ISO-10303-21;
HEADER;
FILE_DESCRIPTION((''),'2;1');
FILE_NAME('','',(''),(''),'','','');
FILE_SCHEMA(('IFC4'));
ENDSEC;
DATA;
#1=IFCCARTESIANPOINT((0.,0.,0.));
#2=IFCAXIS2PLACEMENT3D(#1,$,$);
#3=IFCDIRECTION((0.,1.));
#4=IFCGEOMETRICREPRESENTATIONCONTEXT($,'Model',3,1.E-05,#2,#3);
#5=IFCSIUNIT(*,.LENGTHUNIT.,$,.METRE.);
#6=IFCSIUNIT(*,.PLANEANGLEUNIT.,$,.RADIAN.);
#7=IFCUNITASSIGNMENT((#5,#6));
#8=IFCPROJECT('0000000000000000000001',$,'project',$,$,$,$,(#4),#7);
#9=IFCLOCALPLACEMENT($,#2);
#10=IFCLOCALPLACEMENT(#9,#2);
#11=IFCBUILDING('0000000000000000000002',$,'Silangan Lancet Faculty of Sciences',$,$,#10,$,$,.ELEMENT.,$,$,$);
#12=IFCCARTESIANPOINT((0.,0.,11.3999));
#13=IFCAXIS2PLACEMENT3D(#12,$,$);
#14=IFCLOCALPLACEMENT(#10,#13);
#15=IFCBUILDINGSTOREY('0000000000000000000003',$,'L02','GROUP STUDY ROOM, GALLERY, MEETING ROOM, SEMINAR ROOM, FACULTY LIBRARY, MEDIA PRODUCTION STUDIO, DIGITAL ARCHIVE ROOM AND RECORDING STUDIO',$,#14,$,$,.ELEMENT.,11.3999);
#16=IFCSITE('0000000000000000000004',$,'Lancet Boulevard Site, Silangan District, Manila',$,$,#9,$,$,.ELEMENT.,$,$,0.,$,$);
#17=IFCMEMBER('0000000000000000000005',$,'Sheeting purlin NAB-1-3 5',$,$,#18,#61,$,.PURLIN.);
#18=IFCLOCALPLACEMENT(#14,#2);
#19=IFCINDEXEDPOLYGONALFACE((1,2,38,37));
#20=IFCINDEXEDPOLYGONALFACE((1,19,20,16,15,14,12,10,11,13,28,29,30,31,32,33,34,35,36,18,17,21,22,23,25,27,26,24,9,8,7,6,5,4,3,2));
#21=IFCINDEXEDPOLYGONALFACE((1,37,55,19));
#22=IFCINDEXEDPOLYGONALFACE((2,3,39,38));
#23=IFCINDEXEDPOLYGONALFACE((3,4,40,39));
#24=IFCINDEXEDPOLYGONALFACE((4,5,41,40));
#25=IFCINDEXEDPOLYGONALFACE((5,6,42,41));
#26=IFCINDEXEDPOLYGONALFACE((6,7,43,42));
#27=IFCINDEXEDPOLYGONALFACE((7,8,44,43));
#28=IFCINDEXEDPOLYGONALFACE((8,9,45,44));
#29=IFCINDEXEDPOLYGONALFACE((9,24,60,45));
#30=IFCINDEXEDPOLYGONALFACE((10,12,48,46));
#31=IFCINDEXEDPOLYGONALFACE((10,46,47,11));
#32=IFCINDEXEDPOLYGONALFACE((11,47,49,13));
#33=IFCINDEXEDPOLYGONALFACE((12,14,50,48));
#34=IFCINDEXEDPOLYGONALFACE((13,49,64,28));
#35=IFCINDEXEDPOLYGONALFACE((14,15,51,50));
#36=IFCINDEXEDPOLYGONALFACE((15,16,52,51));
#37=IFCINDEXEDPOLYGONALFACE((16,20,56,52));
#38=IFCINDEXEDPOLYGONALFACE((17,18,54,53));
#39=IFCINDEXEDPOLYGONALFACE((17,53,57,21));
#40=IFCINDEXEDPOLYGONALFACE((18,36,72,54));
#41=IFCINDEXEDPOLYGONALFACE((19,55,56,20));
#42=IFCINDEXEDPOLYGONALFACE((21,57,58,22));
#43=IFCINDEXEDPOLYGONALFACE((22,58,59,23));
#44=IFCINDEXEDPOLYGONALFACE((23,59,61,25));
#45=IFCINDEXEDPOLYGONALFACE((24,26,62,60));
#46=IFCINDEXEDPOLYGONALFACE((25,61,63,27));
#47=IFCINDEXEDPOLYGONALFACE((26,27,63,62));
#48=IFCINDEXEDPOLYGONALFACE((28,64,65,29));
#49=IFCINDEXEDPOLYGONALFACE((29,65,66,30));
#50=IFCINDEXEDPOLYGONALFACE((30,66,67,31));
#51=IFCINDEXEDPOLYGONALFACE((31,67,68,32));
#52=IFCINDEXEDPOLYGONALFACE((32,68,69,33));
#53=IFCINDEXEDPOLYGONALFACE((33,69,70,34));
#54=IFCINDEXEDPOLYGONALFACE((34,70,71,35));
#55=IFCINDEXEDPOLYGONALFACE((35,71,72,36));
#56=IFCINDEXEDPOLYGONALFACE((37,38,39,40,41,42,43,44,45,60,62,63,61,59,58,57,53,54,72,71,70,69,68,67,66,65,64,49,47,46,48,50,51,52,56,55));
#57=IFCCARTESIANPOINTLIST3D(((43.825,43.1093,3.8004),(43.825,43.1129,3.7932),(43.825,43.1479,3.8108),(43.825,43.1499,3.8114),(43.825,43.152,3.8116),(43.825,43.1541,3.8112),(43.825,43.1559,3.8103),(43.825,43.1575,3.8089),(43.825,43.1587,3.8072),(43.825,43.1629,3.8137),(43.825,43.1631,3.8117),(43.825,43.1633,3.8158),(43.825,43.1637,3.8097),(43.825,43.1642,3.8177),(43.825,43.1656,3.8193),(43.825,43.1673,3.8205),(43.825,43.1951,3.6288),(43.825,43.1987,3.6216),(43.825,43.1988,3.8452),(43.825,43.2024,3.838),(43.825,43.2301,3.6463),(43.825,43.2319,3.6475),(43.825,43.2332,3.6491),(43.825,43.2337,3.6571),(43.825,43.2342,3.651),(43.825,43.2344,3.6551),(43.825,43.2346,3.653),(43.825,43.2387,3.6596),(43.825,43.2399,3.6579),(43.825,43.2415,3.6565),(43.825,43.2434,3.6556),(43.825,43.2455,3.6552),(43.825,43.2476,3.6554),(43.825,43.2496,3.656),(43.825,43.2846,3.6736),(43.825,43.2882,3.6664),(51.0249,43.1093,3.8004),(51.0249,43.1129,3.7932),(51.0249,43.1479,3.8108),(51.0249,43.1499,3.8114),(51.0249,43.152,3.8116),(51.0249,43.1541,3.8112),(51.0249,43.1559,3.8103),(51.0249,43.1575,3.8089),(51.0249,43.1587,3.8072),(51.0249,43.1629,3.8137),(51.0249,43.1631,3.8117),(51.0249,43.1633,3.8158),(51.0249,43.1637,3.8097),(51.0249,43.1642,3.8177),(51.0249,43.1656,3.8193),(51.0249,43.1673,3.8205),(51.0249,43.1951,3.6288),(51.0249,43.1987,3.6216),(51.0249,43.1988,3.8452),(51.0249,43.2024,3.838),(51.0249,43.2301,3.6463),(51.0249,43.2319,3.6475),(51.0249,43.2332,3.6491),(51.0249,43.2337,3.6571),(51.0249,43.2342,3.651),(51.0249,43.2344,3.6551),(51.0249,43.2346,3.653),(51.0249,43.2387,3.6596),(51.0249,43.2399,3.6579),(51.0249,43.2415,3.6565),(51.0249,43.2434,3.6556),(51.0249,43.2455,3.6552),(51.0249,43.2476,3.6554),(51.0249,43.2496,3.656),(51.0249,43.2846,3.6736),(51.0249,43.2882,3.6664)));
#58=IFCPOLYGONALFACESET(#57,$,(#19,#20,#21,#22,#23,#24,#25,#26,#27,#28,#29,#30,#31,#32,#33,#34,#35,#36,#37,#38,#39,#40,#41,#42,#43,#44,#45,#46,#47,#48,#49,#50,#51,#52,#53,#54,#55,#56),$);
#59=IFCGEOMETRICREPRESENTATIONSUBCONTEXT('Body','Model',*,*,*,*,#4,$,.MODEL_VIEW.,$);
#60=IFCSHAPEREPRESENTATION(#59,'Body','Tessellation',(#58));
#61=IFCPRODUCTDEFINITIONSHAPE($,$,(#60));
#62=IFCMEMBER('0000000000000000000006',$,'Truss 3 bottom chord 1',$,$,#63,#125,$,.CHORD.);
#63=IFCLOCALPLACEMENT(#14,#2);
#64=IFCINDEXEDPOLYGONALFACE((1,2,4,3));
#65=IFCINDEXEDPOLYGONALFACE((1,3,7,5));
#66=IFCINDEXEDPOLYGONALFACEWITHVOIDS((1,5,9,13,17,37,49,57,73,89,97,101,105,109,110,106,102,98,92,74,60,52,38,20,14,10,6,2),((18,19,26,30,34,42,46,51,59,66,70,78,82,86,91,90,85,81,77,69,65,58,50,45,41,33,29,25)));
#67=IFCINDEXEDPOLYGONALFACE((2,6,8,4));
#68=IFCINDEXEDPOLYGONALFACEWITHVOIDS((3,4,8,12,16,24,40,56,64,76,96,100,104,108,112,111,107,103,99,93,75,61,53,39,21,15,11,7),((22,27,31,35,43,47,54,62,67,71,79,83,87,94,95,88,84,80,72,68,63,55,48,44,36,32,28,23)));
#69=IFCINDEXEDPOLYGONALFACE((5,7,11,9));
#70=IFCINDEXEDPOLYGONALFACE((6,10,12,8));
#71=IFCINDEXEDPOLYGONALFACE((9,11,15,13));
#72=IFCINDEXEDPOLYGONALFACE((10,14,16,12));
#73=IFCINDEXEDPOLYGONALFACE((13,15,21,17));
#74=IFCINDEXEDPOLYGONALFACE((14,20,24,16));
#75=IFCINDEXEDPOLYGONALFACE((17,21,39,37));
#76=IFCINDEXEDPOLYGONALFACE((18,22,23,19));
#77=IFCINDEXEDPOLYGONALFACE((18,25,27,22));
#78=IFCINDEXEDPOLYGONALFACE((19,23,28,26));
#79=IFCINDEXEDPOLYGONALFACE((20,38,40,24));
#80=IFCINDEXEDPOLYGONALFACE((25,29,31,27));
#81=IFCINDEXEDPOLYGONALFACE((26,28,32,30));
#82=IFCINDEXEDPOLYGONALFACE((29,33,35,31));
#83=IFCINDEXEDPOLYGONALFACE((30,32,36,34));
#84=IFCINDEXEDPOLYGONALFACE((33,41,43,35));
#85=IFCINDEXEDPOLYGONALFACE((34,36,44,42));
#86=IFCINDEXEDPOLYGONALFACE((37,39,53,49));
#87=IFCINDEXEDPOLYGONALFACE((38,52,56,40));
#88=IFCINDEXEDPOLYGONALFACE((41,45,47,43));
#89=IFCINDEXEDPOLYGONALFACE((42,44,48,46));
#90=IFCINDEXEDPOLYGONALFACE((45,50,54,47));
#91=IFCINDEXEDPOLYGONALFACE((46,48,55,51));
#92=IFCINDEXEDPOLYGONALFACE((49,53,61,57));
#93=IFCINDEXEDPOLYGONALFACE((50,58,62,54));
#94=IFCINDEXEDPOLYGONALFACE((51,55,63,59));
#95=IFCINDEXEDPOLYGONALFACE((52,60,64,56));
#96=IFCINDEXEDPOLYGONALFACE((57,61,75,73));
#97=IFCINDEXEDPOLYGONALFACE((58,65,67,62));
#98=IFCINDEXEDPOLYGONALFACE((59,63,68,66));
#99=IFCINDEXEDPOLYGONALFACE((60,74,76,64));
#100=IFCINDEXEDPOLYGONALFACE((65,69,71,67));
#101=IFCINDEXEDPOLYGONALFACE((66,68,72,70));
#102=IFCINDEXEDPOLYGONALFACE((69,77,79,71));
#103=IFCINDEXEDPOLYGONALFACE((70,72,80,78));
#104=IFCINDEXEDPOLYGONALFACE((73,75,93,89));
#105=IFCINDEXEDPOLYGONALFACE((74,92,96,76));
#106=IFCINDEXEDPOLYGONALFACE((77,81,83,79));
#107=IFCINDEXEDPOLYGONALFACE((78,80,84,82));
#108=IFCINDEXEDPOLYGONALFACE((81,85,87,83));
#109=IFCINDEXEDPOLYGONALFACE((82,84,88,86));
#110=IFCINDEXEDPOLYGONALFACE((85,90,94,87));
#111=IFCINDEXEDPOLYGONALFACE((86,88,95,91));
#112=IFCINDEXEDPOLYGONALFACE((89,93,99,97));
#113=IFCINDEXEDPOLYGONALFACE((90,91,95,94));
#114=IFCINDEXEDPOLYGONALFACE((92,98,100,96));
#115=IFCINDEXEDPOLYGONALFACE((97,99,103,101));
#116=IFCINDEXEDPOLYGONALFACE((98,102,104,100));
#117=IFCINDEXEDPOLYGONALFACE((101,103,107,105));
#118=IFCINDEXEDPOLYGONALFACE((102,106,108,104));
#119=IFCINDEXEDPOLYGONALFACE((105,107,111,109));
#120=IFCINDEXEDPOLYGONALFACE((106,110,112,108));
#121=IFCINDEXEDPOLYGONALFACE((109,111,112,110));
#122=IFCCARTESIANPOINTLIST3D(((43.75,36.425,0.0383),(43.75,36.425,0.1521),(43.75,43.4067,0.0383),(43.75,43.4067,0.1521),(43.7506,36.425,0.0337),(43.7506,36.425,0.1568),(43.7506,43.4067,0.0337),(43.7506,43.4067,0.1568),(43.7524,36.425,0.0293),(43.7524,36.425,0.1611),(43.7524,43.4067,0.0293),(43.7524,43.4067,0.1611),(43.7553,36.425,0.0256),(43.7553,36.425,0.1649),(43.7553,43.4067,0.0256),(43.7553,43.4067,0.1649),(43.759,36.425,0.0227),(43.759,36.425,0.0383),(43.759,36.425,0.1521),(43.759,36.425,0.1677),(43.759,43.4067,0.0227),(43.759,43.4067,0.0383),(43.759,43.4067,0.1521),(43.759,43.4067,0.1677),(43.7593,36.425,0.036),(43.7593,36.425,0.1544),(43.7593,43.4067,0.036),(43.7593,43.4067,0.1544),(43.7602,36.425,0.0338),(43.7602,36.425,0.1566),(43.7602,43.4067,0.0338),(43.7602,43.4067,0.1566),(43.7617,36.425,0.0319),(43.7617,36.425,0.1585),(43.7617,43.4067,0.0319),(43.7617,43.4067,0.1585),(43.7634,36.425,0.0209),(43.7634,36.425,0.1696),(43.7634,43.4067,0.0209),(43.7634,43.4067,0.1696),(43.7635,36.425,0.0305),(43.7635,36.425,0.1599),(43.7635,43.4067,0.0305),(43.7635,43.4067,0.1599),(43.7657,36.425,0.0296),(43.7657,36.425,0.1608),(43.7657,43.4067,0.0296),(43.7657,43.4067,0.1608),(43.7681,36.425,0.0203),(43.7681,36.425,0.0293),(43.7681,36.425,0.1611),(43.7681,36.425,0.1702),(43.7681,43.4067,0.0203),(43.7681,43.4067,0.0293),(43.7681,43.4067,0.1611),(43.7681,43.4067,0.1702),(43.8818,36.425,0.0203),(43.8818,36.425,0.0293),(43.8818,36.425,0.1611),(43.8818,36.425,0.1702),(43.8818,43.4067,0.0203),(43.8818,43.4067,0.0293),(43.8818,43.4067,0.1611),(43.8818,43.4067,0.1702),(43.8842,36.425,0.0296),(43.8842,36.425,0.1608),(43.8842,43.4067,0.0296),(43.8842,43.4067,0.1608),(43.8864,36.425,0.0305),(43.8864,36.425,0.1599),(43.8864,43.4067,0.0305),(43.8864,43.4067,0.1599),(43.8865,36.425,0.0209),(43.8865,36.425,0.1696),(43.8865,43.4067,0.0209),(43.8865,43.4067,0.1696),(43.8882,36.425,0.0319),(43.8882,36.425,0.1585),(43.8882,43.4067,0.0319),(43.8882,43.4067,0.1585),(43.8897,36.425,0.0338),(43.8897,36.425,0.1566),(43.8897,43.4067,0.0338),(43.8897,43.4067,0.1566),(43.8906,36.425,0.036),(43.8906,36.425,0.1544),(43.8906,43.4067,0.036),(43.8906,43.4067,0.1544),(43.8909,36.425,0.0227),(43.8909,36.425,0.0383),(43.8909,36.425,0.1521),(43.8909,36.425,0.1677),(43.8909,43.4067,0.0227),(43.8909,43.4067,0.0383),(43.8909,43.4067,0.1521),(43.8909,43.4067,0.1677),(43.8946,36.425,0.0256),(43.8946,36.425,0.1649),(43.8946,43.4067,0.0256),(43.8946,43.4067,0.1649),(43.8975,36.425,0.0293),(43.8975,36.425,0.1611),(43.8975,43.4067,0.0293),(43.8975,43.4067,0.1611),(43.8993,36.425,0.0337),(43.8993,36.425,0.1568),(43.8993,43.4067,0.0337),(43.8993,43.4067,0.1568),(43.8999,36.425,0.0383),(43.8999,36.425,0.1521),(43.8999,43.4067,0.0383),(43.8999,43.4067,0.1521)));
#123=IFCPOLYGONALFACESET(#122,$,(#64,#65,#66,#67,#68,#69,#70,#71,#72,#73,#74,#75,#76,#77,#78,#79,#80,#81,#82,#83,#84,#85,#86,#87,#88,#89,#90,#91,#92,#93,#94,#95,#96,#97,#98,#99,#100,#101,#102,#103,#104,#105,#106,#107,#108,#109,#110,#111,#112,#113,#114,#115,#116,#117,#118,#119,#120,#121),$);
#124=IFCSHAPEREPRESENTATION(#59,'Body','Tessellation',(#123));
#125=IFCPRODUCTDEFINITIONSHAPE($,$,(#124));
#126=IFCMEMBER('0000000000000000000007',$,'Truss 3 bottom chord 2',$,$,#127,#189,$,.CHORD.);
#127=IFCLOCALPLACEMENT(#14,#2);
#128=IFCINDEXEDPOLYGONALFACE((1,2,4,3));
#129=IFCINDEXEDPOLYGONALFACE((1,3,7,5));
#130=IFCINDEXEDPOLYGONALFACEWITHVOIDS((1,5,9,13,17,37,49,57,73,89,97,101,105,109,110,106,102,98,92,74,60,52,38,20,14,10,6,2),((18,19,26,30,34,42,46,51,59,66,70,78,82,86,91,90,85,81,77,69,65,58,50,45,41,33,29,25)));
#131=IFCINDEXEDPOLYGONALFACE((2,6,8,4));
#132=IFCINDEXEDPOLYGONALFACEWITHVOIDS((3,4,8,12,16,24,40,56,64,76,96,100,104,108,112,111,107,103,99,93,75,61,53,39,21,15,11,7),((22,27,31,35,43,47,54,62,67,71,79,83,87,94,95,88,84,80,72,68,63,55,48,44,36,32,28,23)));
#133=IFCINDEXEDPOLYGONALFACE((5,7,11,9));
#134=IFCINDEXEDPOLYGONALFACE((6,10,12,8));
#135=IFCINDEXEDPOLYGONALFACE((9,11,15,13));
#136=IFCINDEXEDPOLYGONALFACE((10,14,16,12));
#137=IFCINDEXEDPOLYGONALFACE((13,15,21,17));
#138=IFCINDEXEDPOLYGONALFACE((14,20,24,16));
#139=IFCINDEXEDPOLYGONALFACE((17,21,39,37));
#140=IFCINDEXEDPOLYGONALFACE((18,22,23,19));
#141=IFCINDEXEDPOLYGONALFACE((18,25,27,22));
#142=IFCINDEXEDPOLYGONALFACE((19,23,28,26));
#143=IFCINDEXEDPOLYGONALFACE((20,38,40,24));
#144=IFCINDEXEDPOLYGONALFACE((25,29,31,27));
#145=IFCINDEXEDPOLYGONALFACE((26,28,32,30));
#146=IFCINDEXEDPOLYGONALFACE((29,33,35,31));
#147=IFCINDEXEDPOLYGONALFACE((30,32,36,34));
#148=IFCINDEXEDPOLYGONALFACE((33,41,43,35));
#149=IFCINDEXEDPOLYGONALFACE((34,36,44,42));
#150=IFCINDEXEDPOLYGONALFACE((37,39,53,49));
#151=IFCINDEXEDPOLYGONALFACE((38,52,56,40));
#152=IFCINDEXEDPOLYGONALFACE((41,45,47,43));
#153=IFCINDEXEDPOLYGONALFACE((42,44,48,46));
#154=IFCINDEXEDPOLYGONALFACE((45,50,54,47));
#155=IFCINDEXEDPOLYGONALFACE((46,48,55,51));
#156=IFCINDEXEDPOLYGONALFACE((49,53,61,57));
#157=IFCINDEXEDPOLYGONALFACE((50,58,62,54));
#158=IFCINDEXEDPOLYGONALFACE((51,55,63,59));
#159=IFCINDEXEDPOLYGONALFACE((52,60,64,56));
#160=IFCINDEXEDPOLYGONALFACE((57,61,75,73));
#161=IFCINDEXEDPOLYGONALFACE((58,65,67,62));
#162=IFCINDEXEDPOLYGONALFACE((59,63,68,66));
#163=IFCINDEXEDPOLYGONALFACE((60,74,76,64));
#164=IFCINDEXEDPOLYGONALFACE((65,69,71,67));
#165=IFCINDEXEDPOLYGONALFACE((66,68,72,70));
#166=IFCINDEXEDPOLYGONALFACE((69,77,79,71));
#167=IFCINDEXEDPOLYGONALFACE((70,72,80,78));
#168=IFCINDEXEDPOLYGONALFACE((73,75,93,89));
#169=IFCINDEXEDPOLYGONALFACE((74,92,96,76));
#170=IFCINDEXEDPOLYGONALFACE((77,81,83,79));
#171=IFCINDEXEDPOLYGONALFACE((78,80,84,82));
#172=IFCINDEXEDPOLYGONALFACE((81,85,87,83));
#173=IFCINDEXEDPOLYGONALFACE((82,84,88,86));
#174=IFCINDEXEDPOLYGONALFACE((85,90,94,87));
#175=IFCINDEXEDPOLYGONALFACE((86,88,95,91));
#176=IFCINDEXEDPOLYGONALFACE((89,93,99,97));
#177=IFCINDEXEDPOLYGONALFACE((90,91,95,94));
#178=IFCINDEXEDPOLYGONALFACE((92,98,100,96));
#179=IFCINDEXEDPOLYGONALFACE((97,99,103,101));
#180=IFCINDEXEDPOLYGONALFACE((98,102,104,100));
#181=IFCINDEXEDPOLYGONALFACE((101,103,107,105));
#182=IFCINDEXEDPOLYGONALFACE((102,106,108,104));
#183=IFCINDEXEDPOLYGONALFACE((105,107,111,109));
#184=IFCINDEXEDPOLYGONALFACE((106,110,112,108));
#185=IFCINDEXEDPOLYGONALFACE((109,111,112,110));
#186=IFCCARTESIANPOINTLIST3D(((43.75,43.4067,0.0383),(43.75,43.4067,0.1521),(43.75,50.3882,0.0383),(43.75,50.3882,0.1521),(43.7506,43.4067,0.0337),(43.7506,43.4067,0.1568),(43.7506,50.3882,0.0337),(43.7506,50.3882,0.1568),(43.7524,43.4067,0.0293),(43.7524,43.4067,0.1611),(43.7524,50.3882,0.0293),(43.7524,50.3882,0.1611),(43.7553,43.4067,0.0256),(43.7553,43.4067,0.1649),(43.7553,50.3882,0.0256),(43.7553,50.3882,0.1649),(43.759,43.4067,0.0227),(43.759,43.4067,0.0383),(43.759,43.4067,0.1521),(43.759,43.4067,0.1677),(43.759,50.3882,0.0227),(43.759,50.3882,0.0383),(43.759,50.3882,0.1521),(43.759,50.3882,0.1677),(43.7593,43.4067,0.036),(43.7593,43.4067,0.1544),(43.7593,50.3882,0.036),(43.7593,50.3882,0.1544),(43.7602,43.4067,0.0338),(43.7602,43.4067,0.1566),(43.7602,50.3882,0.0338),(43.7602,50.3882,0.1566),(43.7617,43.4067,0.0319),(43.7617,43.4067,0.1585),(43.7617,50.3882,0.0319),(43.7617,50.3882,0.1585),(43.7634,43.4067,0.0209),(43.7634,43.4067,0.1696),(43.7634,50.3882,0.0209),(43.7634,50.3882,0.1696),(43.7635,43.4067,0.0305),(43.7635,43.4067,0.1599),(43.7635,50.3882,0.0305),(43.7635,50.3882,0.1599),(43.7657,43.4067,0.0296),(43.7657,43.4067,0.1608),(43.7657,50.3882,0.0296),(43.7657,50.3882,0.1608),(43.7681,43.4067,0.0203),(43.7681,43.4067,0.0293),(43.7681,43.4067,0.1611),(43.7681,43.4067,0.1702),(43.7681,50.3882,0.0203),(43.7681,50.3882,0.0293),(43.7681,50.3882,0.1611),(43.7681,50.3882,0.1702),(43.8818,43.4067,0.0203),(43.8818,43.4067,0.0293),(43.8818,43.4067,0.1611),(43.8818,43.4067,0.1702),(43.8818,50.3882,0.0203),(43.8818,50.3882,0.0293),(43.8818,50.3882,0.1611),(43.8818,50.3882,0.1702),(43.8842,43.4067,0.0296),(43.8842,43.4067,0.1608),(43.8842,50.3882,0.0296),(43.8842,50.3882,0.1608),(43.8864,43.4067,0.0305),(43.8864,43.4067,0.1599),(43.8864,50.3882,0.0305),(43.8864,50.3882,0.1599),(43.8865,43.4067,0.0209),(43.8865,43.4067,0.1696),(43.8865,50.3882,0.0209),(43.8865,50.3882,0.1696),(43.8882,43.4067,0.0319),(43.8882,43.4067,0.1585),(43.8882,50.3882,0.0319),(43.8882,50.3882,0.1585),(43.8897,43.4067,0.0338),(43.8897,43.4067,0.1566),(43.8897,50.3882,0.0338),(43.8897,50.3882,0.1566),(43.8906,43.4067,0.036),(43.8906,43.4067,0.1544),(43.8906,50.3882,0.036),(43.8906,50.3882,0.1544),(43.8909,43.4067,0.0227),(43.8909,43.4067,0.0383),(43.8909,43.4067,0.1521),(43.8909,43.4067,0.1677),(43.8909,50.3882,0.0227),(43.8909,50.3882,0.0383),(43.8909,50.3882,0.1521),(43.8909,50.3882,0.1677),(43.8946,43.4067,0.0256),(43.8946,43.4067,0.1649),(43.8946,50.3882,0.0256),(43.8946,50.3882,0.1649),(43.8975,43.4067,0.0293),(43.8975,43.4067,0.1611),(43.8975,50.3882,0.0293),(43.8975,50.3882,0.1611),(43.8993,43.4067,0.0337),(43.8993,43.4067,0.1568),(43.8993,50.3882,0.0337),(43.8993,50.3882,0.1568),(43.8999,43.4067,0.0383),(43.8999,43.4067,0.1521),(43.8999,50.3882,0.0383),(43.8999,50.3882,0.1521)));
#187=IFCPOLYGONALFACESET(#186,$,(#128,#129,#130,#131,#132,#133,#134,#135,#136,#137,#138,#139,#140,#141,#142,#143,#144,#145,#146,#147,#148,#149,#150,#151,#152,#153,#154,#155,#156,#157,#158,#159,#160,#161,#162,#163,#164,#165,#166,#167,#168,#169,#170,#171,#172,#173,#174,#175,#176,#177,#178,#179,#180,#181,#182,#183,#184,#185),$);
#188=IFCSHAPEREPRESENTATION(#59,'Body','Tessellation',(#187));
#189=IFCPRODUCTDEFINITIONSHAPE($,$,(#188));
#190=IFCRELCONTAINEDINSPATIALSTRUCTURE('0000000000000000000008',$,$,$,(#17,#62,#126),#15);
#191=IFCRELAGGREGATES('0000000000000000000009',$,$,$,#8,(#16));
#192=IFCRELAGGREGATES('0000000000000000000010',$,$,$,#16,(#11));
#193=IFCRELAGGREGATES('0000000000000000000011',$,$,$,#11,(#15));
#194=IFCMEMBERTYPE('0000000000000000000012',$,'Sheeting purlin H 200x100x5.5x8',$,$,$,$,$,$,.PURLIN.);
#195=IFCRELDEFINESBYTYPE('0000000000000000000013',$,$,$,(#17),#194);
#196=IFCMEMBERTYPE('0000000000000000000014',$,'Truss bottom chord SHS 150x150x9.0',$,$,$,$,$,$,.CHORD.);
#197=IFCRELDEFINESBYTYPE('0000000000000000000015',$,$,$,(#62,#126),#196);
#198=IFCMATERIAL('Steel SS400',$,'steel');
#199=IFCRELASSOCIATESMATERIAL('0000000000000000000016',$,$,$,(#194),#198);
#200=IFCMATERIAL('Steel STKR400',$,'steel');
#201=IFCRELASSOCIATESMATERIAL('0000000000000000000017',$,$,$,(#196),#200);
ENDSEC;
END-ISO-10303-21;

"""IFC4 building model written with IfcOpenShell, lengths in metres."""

from ifc_helpers import new_model, si_unit, direction, frame, origin, origin_2d, place, context, subcontext, project, spatial, hollow_rectangle, i_section, extrude, material, material_profile, profile_set, type_object, element, save


model = new_model("IFC4")

# Units and contexts
model_context = context("Model", 3, precision=1e-05, world=origin(), true_north=direction((0.0, 1.0)))
body_context = subcontext(model_context, "Body", "Model", "MODEL_VIEW")
ifc_project = project(units=[si_unit("LENGTHUNIT", "METRE"), si_unit("PLANEANGLEUNIT", "RADIAN")], contexts=[model_context])

# Site, building, storey
site_placement = place(None, origin())
site = spatial("IfcSite", under=ifc_project, at=site_placement, Name="Lancet Boulevard Site, Silangan District, Manila", CompositionType="ELEMENT", RefElevation=0.0)
building_placement = place(site_placement, origin())
building = spatial("IfcBuilding", under=site, at=building_placement, Name="Silangan Lancet Faculty of Sciences", CompositionType="ELEMENT")
storey_placement = place(building_placement, frame((0.0, 0.0, 11.3999)))
storey = spatial("IfcBuildingStorey", under=building, at=storey_placement, Name="L02", Description="GROUP STUDY ROOM, GALLERY, MEETING ROOM, SEMINAR ROOM, FACULTY LIBRARY, MEDIA PRODUCTION STUDIO, DIGITAL ARCHIVE ROOM AND RECORDING STUDIO", CompositionType="ELEMENT", Elevation=11.3999)

# Members
ifc_material_1 = material(Name="Steel SS400", Category="steel")
ifc_material_profile_1 = material_profile(ifc_material_1, i_section(OverallWidth=0.1001, OverallDepth=0.2, WebThickness=0.0056, FlangeThickness=0.0081, FilletRadius=0.0081, at=origin_2d()), Name="H 200x100x5.5x8")
ifc_profile_set_1 = profile_set([ifc_material_profile_1], Name="Steel SS400")
member_type_1 = type_object("IfcMemberType", Name="Sheeting purlin H 200x100x5.5x8", PredefinedType="PURLIN", material=ifc_profile_set_1)
for number, where, z_axis, x_axis, name in (
    (1, (43.825, 43.1987, 3.7334), (1.0, 0.0, 0.0), (0.0, 0.894427, 0.447214), "Sheeting purlin NAB-1-3 5"),
):
    element("IfcMember", number, at=place(storey_placement, frame(where, z_axis=z_axis, x_axis=x_axis)), inside=storey, type_object=member_type_1, Name=name, PredefinedType="PURLIN", context=body_context, shape_type="SweptSolid", body=[
        extrude(i_section(OverallWidth=0.1001, OverallDepth=0.2, WebThickness=0.0056, FlangeThickness=0.0081, FilletRadius=0.0081, at=origin_2d()), origin(), (0.0, 0.0, 1.0), 7.2),
    ])
ifc_material_2 = material(Name="Steel STKR400", Category="steel")
ifc_material_profile_2 = material_profile(ifc_material_2, hollow_rectangle(XDim=0.1499, YDim=0.1499, WallThickness=0.009, InnerFilletRadius=0.009, OuterFilletRadius=0.0181, at=origin_2d()), Name="SHS 150x150x9.0")
ifc_profile_set_2 = profile_set([ifc_material_profile_2], Name="Steel STKR400")
member_type_2 = type_object("IfcMemberType", Name="Truss bottom chord SHS 150x150x9.0", PredefinedType="CHORD", material=ifc_profile_set_2)
member_1_placement = place(storey_placement, frame((43.825, 36.425, 0.0952), z_axis=(0.0, 1.0, 0.0), x_axis=(-1.0, 0.0, 0.0)))
element("IfcMember", 2, at=member_1_placement, inside=storey, type_object=member_type_2, Name="Truss 3 bottom chord 1", PredefinedType="CHORD", context=body_context, shape_type="SweptSolid", body=[
    extrude(hollow_rectangle(XDim=0.1499, YDim=0.1499, WallThickness=0.009, InnerFilletRadius=0.009, OuterFilletRadius=0.0181, at=origin_2d()), origin(), (0.0, 0.0, 1.0), 6.9817),
])
member_2_placement = place(storey_placement, frame((43.825, 43.4067, 0.0952), z_axis=(0.0, 1.0, 0.0), x_axis=(-1.0, 0.0, 0.0)))
element("IfcMember", 3, at=member_2_placement, inside=storey, type_object=member_type_2, Name="Truss 3 bottom chord 2", PredefinedType="CHORD", context=body_context, shape_type="SweptSolid", body=[
    extrude(hollow_rectangle(XDim=0.1499, YDim=0.1499, WallThickness=0.009, InnerFilletRadius=0.009, OuterFilletRadius=0.0181, at=origin_2d()), origin(), (0.0, 0.0, 1.0), 6.9814),
])

save(model, "model.ifc")
